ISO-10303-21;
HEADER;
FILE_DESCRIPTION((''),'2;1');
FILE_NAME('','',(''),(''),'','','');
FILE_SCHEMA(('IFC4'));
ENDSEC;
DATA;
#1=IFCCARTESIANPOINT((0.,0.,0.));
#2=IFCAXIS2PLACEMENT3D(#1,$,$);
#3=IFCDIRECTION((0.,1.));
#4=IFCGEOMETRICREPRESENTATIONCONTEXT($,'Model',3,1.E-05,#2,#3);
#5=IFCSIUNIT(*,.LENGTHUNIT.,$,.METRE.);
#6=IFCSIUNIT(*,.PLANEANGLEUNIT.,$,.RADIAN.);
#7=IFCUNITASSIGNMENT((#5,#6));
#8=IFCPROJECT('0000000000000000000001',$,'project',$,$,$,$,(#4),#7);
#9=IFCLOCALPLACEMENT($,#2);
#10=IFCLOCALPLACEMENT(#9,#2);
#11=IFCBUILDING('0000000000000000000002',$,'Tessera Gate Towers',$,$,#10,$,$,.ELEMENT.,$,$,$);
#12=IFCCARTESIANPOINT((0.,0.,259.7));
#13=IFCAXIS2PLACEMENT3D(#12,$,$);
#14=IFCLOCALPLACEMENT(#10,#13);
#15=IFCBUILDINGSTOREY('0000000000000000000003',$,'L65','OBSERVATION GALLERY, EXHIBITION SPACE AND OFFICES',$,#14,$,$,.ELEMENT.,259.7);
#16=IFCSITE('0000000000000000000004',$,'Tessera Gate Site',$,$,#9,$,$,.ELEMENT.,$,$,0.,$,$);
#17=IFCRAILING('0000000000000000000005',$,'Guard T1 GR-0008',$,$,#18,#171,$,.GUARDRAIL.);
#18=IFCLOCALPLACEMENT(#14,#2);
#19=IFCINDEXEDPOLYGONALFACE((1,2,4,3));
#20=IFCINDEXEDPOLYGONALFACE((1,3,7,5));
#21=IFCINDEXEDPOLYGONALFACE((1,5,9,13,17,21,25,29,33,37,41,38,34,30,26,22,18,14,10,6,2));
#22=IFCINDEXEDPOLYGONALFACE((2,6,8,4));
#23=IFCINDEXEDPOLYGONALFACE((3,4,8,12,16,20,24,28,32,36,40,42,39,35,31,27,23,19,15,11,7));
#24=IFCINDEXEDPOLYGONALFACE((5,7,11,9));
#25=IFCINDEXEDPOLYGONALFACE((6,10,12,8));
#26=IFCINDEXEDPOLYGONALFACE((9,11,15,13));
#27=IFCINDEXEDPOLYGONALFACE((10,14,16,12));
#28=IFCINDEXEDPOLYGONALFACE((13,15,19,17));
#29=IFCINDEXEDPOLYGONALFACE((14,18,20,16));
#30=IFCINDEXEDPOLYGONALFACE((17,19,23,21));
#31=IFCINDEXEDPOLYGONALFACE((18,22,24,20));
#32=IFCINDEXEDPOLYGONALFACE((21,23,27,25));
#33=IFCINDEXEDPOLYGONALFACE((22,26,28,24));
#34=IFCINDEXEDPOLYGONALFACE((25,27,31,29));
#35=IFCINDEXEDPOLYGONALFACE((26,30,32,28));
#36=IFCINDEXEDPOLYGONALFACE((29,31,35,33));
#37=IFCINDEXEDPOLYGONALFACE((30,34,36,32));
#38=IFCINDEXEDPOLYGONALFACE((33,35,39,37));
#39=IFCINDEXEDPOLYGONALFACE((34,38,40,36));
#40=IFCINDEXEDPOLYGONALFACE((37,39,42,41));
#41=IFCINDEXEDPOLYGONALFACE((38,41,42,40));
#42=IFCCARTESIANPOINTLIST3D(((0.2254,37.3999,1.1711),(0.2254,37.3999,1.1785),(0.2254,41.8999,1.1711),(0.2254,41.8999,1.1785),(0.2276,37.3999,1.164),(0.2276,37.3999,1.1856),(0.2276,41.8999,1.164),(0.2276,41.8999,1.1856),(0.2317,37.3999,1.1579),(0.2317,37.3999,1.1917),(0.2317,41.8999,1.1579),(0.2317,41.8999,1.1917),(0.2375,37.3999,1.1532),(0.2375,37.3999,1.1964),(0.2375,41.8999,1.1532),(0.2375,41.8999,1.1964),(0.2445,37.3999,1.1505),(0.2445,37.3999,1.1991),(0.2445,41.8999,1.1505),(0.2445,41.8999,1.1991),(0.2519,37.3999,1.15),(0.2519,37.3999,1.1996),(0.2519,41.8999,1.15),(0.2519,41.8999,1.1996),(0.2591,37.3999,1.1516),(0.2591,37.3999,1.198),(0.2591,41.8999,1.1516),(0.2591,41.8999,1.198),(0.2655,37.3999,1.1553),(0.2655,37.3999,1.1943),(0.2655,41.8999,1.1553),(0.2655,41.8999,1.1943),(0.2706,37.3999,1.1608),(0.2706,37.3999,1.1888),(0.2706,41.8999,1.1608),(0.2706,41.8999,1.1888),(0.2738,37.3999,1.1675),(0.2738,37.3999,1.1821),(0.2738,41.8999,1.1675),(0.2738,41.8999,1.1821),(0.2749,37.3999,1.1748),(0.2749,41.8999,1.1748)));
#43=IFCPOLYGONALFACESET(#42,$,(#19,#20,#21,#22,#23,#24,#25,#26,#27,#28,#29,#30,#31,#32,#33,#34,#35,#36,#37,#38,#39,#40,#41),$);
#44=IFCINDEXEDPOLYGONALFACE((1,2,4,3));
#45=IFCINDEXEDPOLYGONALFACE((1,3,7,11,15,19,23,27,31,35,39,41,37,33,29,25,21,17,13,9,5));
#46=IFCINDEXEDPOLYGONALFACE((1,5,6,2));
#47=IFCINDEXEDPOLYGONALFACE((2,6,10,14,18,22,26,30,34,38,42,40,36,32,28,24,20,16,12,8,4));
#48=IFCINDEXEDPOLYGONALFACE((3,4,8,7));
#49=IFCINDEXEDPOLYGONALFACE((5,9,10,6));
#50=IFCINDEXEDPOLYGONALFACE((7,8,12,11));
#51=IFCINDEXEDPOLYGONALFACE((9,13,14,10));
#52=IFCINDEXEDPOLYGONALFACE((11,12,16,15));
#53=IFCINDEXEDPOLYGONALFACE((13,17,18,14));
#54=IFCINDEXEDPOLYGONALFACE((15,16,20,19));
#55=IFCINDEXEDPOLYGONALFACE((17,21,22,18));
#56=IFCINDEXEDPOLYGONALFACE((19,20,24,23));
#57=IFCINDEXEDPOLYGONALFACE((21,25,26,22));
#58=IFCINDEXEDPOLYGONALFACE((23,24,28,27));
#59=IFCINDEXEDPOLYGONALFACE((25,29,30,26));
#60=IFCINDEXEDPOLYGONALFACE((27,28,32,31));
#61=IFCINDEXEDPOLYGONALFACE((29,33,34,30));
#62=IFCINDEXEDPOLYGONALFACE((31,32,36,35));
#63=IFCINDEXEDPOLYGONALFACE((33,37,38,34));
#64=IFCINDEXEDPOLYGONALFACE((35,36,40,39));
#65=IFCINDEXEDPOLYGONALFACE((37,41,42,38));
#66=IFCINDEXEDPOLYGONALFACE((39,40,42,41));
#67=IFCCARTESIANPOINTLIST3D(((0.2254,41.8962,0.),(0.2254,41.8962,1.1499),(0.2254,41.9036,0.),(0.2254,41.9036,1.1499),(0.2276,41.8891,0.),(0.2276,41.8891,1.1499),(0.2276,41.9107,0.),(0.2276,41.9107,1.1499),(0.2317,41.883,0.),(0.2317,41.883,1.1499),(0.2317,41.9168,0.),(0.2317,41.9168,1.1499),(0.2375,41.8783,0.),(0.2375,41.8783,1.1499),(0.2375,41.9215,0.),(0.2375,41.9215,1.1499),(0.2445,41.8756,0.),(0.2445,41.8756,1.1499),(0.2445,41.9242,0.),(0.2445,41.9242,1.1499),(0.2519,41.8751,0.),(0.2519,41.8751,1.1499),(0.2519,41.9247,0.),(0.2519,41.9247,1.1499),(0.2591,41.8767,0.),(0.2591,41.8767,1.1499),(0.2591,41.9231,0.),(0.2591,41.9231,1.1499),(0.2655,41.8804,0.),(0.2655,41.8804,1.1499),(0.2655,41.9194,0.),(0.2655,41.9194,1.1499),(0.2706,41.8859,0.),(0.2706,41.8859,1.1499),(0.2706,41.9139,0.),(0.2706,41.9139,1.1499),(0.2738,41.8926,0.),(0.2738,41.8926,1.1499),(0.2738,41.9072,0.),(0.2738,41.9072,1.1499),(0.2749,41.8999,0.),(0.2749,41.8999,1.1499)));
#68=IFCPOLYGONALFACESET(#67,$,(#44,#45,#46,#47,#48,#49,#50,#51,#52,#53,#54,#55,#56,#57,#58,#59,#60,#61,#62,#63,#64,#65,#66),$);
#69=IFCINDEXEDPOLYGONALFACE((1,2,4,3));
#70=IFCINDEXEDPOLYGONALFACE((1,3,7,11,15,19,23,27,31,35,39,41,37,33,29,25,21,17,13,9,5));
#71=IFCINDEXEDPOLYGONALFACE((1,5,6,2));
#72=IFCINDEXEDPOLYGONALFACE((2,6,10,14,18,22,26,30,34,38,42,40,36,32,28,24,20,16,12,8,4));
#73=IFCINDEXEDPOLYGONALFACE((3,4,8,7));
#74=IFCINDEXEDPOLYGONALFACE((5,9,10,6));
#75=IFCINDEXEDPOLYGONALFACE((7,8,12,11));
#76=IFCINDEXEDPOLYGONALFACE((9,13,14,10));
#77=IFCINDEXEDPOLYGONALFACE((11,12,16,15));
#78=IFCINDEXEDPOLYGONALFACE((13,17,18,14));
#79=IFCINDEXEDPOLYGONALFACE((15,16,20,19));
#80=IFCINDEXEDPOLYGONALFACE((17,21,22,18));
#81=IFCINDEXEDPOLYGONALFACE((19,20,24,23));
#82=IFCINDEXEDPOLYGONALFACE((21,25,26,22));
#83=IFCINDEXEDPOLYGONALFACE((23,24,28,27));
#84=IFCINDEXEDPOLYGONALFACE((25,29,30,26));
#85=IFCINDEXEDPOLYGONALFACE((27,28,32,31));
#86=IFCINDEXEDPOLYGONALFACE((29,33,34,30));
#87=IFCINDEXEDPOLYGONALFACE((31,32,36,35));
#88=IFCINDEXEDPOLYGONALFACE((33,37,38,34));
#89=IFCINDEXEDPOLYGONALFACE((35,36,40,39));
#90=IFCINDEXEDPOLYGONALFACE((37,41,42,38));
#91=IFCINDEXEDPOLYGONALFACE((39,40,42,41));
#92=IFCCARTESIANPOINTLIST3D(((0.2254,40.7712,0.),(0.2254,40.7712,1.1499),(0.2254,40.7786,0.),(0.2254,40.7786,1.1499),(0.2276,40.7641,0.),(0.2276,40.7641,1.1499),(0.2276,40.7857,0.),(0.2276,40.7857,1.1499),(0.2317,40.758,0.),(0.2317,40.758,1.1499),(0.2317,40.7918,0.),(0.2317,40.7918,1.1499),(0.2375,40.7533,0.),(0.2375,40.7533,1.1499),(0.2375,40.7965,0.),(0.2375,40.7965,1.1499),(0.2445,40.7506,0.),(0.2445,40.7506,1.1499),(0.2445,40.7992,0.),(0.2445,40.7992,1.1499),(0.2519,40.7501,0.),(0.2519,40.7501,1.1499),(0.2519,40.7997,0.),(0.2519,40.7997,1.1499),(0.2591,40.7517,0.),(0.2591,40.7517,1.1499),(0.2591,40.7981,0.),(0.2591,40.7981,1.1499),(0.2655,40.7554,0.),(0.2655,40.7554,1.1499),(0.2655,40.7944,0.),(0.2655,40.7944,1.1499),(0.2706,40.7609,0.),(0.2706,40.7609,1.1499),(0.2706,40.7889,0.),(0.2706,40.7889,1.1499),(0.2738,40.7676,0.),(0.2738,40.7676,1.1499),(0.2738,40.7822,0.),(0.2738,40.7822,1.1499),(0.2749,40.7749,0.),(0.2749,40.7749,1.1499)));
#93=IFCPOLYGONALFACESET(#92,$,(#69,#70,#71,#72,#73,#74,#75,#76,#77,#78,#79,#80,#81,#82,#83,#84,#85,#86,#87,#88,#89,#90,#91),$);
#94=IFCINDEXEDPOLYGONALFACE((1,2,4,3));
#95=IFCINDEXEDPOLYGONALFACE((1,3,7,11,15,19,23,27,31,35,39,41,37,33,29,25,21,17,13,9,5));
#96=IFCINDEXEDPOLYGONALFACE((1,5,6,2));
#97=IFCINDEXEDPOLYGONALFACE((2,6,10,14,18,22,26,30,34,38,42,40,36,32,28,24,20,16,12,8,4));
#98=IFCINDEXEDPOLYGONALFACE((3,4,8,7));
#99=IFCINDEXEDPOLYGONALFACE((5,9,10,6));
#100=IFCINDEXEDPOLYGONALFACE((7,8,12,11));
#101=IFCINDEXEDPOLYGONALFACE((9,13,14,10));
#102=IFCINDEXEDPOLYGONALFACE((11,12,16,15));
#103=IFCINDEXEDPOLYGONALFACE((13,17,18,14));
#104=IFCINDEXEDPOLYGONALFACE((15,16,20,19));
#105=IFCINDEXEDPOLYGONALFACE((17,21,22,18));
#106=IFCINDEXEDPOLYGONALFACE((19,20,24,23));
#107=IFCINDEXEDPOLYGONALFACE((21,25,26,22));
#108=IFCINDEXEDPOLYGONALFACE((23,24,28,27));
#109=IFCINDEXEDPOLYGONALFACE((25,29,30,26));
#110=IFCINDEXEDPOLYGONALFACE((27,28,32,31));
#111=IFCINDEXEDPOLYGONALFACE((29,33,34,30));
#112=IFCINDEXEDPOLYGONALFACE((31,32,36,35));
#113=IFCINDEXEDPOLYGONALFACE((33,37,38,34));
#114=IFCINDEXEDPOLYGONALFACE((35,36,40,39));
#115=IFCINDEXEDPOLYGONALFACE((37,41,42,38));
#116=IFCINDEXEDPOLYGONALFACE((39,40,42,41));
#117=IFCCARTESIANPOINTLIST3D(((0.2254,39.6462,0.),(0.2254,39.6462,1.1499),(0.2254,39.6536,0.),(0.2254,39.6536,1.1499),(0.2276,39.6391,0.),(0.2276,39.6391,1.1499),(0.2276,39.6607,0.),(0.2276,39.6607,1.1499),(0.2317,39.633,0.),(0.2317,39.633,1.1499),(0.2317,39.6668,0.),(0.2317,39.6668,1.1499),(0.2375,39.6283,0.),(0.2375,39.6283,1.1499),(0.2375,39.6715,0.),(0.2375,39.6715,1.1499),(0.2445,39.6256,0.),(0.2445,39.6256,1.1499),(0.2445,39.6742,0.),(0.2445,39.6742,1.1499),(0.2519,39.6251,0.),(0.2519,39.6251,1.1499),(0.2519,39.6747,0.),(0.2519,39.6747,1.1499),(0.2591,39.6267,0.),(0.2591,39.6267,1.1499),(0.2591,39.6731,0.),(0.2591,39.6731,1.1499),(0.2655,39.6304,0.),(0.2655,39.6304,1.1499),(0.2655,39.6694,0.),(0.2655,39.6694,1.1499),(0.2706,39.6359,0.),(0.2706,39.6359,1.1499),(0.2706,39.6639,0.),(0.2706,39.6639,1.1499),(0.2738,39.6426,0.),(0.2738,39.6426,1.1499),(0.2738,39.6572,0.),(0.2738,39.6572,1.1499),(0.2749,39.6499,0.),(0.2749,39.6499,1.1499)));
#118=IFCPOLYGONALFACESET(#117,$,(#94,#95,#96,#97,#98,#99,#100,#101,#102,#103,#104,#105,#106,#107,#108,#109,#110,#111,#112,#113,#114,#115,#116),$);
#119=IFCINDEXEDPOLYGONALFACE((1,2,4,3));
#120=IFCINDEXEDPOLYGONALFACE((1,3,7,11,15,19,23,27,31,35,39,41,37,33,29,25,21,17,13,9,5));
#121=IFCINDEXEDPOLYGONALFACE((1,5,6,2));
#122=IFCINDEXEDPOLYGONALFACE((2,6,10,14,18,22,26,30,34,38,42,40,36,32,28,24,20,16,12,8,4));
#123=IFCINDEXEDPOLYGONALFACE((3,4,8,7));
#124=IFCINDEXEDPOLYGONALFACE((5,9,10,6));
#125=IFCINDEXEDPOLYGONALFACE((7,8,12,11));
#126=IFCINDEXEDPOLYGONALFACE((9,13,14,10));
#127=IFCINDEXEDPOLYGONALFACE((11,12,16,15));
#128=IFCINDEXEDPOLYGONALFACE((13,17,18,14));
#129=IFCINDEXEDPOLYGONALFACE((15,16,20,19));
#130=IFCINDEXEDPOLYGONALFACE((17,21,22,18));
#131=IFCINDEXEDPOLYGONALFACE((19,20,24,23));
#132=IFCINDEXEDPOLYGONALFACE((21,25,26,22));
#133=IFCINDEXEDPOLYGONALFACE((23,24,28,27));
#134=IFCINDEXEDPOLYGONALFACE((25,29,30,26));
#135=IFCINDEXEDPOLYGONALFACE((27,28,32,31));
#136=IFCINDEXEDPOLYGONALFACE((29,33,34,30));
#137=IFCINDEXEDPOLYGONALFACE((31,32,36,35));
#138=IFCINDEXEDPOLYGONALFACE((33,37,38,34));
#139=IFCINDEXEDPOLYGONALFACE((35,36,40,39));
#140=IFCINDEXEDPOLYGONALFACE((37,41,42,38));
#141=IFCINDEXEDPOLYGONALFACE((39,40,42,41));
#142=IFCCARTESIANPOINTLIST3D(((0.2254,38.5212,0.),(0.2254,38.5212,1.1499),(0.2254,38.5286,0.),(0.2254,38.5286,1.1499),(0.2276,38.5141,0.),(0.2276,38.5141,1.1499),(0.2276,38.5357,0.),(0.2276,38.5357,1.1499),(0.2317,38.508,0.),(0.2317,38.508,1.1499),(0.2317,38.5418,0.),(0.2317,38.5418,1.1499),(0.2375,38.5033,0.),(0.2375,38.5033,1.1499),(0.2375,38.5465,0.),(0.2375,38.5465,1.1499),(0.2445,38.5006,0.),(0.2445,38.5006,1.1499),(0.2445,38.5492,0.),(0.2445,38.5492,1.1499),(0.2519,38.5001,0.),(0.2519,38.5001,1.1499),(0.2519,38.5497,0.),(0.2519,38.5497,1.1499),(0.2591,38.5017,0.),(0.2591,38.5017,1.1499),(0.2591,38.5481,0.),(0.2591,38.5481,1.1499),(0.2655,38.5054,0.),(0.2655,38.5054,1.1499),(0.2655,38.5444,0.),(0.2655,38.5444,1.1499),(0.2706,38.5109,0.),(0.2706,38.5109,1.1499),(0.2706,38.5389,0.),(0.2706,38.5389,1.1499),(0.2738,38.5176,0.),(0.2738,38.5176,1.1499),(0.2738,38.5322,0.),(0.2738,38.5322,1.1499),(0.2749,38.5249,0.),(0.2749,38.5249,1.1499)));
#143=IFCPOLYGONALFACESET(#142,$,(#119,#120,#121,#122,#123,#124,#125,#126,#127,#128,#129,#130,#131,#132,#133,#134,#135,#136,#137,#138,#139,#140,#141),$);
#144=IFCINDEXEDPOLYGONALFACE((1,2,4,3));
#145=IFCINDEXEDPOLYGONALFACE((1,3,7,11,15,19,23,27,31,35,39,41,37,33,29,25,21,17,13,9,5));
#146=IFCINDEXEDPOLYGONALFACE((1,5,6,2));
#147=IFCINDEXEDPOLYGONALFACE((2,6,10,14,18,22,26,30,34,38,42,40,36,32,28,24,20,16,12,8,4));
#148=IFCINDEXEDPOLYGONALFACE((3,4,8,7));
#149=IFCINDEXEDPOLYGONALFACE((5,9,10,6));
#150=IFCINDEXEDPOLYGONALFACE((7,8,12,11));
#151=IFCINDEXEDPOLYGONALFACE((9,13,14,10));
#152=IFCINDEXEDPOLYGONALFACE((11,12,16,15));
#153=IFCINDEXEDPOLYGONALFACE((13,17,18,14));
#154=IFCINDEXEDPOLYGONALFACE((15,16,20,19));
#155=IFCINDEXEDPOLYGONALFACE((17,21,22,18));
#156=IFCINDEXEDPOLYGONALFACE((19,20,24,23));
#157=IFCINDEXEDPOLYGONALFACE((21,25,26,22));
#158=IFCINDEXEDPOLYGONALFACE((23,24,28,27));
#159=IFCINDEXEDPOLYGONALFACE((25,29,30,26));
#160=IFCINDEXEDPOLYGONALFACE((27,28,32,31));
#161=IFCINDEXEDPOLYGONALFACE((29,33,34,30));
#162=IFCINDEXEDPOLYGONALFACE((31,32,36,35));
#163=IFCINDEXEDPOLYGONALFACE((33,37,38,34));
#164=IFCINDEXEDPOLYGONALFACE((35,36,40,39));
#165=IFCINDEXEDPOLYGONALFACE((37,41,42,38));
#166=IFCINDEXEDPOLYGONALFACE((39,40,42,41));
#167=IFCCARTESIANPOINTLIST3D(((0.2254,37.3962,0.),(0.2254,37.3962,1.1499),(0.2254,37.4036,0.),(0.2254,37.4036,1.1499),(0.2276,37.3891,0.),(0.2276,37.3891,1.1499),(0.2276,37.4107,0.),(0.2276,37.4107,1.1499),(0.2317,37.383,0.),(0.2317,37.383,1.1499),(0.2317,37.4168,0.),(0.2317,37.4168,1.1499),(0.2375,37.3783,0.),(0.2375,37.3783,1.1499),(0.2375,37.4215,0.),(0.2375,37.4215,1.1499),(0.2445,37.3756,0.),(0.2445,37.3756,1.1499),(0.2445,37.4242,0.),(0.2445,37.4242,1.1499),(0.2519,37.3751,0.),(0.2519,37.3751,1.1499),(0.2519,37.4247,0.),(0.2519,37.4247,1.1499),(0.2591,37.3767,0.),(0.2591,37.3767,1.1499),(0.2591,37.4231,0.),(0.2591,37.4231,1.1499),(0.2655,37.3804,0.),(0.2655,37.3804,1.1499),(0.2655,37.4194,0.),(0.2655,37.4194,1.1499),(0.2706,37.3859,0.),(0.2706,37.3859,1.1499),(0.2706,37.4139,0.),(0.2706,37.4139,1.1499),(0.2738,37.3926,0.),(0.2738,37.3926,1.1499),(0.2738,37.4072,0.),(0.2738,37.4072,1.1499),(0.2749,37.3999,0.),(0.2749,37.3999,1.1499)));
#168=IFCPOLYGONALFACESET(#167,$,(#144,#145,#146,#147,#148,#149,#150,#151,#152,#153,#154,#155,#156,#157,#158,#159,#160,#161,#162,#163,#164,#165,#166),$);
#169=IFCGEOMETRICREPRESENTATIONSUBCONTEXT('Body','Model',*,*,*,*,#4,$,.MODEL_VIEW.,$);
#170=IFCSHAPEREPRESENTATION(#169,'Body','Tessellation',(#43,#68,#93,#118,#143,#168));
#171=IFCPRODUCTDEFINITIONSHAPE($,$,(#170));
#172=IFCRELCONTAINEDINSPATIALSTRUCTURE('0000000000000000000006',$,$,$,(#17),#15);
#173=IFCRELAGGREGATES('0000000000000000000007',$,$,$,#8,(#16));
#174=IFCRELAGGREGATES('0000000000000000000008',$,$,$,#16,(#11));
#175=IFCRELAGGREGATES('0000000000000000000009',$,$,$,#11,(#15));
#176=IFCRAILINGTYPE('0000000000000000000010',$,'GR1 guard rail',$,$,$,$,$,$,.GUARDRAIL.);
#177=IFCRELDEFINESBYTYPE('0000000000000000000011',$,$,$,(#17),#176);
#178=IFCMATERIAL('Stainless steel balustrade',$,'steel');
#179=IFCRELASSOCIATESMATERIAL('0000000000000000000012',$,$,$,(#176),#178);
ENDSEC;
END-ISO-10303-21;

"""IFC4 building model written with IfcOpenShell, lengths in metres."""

from ifc_helpers import new_model, si_unit, direction, frame, origin, origin_2d, place, context, subcontext, project, spatial, circle, extrude, material, type_object, element, save


model = new_model("IFC4")

# Units and contexts
model_context = context("Model", 3, precision=1e-05, world=origin(), true_north=direction((0.0, 1.0)))
body_context = subcontext(model_context, "Body", "Model", "MODEL_VIEW")
ifc_project = project(units=[si_unit("LENGTHUNIT", "METRE"), si_unit("PLANEANGLEUNIT", "RADIAN")], contexts=[model_context])

# Site, building, storey
site_placement = place(None, origin())
site = spatial("IfcSite", under=ifc_project, at=site_placement, Name="Tessera Gate Site", CompositionType="ELEMENT", RefElevation=0.0)
building_placement = place(site_placement, origin())
building = spatial("IfcBuilding", under=site, at=building_placement, Name="Tessera Gate Towers", CompositionType="ELEMENT")
storey_placement = place(building_placement, frame((0.0, 0.0, 259.7)))
storey = spatial("IfcBuildingStorey", under=building, at=storey_placement, Name="L65", Description="OBSERVATION GALLERY, EXHIBITION SPACE AND OFFICES", CompositionType="ELEMENT", Elevation=259.7)

# Railing
ifc_material_1 = material(Name="Stainless steel balustrade", Category="steel")
railing_type_1 = type_object("IfcRailingType", Name="GR1 guard rail", PredefinedType="GUARDRAIL", material=ifc_material_1)
for number, where, name in (
    (1, (0.25, 41.8999, 0.0), "Guard T1 GR-0008"),
):
    element("IfcRailing", number, at=place(storey_placement, frame(where)), inside=storey, type_object=railing_type_1, Name=name, PredefinedType="GUARDRAIL", context=body_context, shape_type="SweptSolid", body=[
        extrude(circle(Radius=0.0249, at=origin_2d()), frame((0.0, 0.0, 1.1748), z_axis=(0.0, -1.0, 0.0), x_axis=(1.0, 0.0, 0.0)), (0.0, 0.0, 1.0), 4.5),
        extrude(circle(Radius=0.0249, at=origin_2d()), origin(), (0.0, 0.0, 1.0), 1.1499),
        extrude(circle(Radius=0.0249, at=origin_2d()), frame((0.0, -1.125, 0.0)), (0.0, 0.0, 1.0), 1.1499),
        extrude(circle(Radius=0.0249, at=origin_2d()), frame((0.0, -2.25, 0.0)), (0.0, 0.0, 1.0), 1.1499),
        extrude(circle(Radius=0.0249, at=origin_2d()), frame((0.0, -3.375, 0.0)), (0.0, 0.0, 1.0), 1.1499),
        extrude(circle(Radius=0.0249, at=origin_2d()), frame((0.0, -4.5, 0.0)), (0.0, 0.0, 1.0), 1.1499),
    ])

save(model, "model.ifc")
